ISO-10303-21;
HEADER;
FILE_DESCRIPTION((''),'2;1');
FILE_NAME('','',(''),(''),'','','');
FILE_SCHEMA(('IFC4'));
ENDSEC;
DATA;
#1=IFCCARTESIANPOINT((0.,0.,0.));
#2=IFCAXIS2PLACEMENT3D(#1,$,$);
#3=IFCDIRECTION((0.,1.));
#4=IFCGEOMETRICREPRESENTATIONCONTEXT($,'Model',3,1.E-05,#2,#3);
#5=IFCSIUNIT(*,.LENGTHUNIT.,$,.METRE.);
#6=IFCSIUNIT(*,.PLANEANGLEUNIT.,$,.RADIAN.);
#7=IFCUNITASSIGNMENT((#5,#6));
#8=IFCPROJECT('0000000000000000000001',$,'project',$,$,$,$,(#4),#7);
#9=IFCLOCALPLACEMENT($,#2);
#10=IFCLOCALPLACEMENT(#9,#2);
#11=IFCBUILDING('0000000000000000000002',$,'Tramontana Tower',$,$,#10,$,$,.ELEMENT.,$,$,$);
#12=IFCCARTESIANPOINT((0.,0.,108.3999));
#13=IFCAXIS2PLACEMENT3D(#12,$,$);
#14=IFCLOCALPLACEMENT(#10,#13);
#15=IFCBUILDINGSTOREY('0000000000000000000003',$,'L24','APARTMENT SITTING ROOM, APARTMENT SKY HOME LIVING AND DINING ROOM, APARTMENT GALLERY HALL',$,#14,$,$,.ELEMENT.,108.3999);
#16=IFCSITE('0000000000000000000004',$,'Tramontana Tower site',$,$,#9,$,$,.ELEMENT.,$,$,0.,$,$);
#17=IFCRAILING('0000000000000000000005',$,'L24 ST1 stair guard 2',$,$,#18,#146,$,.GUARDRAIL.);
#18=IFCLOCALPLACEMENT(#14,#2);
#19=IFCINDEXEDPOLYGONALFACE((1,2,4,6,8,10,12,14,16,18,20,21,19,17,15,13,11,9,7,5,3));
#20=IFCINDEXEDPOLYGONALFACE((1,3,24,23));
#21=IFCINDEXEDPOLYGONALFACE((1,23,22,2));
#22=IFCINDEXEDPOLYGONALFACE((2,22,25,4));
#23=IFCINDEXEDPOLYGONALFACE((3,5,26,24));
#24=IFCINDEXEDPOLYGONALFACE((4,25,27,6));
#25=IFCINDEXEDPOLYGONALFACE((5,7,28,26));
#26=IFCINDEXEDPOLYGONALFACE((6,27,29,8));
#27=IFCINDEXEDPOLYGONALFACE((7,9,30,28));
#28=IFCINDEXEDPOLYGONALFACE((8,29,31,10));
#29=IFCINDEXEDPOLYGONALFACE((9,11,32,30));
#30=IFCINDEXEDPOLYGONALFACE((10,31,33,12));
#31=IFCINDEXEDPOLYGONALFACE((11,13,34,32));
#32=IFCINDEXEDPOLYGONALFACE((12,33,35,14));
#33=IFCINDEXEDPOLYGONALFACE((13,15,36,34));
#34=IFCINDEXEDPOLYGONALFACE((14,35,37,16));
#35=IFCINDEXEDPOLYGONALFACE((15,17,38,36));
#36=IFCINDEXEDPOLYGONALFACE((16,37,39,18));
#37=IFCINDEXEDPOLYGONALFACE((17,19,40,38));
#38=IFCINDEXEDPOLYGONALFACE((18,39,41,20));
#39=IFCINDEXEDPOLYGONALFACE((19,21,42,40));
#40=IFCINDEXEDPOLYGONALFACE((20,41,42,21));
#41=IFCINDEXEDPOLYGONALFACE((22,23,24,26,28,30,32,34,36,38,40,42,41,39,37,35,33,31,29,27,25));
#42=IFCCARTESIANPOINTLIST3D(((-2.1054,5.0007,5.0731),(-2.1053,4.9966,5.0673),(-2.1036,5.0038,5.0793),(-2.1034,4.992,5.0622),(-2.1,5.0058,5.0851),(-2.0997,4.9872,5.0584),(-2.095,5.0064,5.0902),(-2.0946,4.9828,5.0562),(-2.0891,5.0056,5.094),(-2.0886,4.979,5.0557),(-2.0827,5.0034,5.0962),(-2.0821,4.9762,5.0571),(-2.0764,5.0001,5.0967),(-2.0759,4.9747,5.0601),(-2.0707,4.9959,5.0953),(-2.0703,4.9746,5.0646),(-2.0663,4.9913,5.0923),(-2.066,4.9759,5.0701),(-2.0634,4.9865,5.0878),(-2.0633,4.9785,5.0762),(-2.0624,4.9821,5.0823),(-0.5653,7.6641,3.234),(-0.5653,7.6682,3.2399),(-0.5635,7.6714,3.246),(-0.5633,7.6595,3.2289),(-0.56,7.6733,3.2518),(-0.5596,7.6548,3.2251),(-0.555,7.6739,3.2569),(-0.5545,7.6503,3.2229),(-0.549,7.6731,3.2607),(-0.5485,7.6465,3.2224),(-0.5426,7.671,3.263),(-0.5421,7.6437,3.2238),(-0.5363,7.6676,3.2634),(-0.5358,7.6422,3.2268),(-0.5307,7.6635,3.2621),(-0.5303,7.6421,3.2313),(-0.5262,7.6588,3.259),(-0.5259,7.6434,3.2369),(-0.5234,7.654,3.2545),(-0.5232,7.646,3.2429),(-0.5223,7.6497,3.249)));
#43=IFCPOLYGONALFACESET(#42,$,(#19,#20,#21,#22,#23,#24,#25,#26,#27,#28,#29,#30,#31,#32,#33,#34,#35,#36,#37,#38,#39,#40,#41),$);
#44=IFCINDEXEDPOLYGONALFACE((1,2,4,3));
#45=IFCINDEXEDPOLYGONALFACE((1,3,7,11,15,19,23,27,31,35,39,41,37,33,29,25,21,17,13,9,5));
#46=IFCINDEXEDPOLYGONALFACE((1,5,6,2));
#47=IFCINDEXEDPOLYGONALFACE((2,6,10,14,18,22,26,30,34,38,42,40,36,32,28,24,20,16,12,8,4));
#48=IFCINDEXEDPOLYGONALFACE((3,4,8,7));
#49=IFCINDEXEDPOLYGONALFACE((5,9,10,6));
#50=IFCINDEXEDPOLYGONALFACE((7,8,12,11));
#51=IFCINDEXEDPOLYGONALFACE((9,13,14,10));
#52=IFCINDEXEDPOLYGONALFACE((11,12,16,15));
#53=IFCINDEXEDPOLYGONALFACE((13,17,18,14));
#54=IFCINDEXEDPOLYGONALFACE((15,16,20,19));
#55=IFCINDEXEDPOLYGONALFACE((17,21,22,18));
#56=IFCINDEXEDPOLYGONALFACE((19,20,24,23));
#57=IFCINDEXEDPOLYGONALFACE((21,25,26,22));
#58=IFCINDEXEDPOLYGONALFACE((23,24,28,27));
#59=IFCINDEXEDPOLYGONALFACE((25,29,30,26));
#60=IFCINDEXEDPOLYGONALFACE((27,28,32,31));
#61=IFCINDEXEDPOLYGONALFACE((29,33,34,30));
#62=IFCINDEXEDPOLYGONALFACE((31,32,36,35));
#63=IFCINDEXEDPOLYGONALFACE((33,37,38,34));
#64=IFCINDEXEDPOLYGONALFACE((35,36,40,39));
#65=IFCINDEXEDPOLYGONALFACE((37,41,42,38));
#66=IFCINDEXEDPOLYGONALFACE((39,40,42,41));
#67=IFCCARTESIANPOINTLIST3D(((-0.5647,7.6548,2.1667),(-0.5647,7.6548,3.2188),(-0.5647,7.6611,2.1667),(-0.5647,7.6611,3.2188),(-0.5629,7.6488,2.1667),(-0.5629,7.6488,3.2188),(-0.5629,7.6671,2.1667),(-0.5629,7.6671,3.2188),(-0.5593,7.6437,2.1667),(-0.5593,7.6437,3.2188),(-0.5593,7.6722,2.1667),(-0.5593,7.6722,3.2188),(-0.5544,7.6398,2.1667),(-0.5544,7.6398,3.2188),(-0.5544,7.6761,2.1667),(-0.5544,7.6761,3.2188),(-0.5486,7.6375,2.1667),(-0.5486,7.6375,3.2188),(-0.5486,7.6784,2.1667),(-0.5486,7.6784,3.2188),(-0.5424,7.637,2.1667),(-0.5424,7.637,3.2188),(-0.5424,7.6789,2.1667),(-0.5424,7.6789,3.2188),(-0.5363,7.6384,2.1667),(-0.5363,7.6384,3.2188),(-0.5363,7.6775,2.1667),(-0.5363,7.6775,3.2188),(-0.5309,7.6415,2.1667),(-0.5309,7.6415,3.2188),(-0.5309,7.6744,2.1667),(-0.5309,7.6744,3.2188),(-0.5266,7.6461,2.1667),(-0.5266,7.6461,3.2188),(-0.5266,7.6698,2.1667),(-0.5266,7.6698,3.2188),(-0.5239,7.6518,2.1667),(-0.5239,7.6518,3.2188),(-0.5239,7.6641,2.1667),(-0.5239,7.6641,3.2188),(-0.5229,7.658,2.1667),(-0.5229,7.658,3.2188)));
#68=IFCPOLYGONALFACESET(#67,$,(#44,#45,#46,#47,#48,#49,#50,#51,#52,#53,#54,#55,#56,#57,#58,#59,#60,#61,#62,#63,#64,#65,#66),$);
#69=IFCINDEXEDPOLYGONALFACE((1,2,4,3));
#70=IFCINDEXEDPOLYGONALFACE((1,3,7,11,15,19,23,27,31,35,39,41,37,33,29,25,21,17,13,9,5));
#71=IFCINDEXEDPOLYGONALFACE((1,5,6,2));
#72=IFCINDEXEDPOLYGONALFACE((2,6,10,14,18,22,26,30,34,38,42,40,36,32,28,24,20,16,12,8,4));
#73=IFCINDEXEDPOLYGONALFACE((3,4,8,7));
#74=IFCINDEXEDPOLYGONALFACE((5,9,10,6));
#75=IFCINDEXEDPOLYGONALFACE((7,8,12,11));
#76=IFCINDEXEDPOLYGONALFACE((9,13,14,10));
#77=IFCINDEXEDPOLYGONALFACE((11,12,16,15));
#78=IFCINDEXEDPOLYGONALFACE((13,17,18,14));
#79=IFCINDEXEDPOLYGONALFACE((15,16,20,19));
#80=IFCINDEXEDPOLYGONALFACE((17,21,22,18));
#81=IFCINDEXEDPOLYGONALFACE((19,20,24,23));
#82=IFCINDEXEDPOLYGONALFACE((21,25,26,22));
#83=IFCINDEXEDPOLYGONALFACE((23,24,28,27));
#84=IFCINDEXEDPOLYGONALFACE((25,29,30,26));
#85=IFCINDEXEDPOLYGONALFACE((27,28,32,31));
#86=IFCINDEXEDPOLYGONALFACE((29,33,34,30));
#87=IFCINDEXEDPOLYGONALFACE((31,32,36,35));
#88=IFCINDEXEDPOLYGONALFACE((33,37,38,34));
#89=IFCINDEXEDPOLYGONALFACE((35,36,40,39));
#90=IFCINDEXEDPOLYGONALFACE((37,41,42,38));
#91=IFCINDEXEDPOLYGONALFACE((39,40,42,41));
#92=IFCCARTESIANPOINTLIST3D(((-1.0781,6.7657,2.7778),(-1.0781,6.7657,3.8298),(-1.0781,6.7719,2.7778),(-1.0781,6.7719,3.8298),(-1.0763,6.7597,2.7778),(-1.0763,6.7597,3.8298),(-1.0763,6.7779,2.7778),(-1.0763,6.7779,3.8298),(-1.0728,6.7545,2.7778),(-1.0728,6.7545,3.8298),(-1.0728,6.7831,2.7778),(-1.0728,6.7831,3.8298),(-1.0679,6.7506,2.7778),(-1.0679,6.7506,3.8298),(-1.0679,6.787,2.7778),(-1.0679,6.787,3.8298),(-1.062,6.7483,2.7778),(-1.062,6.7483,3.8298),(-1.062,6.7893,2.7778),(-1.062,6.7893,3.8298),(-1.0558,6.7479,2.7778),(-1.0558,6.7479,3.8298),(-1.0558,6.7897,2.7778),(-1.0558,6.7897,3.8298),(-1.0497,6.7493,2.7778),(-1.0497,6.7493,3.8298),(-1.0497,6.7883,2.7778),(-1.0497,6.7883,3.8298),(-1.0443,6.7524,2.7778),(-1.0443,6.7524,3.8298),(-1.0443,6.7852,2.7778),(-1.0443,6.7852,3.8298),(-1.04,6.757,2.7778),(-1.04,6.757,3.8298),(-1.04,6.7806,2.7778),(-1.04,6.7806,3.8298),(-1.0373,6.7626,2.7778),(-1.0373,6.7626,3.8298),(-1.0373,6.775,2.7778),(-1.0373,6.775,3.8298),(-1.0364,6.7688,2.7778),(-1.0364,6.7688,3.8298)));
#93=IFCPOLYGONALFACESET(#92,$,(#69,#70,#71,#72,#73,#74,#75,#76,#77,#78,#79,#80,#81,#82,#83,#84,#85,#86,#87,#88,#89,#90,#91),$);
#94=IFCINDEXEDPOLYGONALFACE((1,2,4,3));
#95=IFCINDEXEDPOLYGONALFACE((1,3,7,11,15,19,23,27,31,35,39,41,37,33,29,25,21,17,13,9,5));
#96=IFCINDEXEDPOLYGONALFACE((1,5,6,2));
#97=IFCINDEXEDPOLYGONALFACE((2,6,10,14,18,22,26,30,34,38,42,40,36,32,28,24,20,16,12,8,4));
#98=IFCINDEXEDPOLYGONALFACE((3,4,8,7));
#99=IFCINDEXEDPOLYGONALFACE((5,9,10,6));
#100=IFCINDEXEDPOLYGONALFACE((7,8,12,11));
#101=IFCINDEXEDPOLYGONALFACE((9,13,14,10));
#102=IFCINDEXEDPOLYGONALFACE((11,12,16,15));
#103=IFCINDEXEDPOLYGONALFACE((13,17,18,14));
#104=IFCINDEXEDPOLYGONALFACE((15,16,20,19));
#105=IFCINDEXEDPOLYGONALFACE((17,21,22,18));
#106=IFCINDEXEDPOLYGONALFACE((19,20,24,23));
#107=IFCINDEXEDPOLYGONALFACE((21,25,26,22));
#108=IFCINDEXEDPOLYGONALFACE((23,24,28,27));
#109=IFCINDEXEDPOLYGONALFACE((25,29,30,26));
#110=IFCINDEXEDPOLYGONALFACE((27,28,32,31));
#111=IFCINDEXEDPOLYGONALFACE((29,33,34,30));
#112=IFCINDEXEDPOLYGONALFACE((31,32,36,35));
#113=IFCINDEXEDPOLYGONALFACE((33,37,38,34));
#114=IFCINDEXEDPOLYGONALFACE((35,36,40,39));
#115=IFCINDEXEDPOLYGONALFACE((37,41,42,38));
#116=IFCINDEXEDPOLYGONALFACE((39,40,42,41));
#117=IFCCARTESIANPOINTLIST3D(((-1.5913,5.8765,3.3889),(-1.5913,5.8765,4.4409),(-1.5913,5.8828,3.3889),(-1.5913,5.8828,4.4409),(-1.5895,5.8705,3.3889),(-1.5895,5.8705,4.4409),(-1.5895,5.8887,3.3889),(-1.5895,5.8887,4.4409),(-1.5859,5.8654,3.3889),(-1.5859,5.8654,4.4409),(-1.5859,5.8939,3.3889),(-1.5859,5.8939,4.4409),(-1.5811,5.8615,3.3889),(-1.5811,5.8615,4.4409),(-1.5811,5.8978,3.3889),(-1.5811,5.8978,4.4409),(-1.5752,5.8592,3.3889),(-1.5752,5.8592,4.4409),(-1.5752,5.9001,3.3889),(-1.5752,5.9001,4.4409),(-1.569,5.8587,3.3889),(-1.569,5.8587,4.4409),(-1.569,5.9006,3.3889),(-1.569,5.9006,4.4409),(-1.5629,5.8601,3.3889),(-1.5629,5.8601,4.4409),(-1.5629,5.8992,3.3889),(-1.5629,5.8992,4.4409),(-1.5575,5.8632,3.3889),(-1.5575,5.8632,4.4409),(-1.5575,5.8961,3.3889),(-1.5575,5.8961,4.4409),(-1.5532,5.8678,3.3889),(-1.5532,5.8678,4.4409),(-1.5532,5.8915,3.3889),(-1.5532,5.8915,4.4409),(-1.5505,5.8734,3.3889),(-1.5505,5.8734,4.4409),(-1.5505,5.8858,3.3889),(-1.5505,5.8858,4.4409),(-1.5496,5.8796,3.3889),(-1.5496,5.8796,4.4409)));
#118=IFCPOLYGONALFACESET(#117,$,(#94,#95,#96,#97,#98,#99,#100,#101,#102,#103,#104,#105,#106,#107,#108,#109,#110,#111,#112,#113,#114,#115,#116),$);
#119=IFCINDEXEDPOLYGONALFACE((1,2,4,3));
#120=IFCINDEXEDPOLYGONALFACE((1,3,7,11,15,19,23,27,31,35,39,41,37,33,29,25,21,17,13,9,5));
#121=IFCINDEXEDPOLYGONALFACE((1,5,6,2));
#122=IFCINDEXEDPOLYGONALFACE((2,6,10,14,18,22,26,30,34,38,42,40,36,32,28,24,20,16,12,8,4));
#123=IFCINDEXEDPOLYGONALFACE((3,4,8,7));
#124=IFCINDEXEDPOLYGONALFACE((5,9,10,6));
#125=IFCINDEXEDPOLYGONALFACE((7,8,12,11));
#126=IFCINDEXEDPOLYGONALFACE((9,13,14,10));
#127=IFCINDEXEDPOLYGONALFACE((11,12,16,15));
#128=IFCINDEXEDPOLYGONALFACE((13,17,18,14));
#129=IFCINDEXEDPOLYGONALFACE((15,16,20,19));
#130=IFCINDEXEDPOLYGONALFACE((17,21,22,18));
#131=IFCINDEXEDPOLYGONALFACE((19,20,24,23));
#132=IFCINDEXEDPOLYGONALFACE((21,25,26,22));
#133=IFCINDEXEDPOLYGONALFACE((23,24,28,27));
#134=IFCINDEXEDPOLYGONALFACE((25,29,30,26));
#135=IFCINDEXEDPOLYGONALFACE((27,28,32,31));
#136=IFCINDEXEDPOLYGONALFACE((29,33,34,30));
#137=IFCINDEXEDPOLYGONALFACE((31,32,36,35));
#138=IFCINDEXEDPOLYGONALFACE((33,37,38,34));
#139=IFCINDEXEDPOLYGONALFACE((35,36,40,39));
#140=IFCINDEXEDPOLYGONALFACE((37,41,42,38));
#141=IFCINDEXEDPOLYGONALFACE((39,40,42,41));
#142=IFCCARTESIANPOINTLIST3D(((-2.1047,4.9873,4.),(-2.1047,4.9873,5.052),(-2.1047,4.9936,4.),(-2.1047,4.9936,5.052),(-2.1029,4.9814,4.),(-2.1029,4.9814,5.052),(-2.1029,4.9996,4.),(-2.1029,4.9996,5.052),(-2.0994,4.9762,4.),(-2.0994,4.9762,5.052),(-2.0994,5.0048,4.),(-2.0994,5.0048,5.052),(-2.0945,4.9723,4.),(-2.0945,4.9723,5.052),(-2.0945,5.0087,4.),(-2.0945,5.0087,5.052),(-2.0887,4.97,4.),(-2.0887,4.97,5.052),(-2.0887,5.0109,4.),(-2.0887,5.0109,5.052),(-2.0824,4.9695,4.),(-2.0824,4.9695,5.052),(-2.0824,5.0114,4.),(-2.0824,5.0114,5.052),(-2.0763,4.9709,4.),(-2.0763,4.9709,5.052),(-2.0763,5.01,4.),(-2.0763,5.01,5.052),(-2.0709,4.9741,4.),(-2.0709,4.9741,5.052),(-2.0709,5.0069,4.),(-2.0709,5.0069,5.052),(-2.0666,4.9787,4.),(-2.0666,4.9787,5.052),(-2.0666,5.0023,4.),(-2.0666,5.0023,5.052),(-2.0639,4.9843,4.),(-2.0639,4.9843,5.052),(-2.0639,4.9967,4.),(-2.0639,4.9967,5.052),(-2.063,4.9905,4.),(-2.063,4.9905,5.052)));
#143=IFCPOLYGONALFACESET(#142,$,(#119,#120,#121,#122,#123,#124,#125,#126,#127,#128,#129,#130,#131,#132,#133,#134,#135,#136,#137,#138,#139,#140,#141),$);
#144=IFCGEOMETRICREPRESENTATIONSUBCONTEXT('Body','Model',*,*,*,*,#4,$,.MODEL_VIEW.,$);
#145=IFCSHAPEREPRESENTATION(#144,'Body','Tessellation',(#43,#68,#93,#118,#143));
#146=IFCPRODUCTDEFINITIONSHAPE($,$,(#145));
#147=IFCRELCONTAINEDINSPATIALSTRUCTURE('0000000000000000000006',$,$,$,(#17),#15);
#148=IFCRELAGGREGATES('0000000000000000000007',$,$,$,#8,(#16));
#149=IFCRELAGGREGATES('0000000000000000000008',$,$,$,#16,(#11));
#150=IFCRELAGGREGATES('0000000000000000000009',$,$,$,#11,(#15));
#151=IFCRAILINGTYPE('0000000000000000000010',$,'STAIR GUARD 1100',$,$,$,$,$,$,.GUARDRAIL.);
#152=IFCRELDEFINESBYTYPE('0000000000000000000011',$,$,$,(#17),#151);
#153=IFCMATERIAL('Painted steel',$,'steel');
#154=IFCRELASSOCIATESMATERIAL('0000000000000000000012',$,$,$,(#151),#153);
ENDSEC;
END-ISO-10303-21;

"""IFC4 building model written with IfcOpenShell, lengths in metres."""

from ifc_helpers import new_model, si_unit, direction, frame, origin, origin_2d, place, context, subcontext, project, spatial, circle, extrude, material, type_object, element, save


model = new_model("IFC4")

# Units and contexts
model_context = context("Model", 3, precision=1e-05, world=origin(), true_north=direction((0.0, 1.0)))
body_context = subcontext(model_context, "Body", "Model", "MODEL_VIEW")
ifc_project = project(units=[si_unit("LENGTHUNIT", "METRE"), si_unit("PLANEANGLEUNIT", "RADIAN")], contexts=[model_context])

# Site, building, storey
site_placement = place(None, origin())
site = spatial("IfcSite", under=ifc_project, at=site_placement, Name="Tramontana Tower site", CompositionType="ELEMENT", RefElevation=0.0)
building_placement = place(site_placement, origin())
building = spatial("IfcBuilding", under=site, at=building_placement, Name="Tramontana Tower", CompositionType="ELEMENT")
storey_placement = place(building_placement, frame((0.0, 0.0, 108.3999)))
storey = spatial("IfcBuildingStorey", under=building, at=storey_placement, Name="L24", Description="APARTMENT SITTING ROOM, APARTMENT SKY HOME LIVING AND DINING ROOM, APARTMENT GALLERY HALL", CompositionType="ELEMENT", Elevation=108.3999)

# Railing
ifc_material_1 = material(Name="Painted steel", Category="steel")
railing_type_1 = type_object("IfcRailingType", Name="STAIR GUARD 1100", PredefinedType="GUARDRAIL", material=ifc_material_1)
railing_1_placement = place(storey_placement, frame((-0.5439, 7.658, 2.1667)))
element("IfcRailing", 1, at=railing_1_placement, inside=storey, type_object=railing_type_1, Name="L24 ST1 stair guard 2", PredefinedType="GUARDRAIL", context=body_context, shape_type="SweptSolid", body=[
    extrude(circle(Radius=0.0239, at=origin_2d()), frame((0.0, 0.0, 1.0762), z_axis=(-0.429649, -0.74419, 0.511452), x_axis=(0.86603, -0.499992, 0.0)), (0.0, 0.0, 1.0), 3.5845),
    extrude(circle(Radius=0.021, at=origin_2d()), origin(), (0.0, 0.0, 1.0), 1.052),
    extrude(circle(Radius=0.021, at=origin_2d()), frame((-0.5134, -0.8892, 0.6111)), (0.0, 0.0, 1.0), 1.052),
    extrude(circle(Radius=0.021, at=origin_2d()), frame((-1.0266, -1.7783, 1.2222)), (0.0, 0.0, 1.0), 1.052),
    extrude(circle(Radius=0.021, at=origin_2d()), frame((-1.54, -2.6675, 1.8333)), (0.0, 0.0, 1.0), 1.052),
])

save(model, "model.ifc")
